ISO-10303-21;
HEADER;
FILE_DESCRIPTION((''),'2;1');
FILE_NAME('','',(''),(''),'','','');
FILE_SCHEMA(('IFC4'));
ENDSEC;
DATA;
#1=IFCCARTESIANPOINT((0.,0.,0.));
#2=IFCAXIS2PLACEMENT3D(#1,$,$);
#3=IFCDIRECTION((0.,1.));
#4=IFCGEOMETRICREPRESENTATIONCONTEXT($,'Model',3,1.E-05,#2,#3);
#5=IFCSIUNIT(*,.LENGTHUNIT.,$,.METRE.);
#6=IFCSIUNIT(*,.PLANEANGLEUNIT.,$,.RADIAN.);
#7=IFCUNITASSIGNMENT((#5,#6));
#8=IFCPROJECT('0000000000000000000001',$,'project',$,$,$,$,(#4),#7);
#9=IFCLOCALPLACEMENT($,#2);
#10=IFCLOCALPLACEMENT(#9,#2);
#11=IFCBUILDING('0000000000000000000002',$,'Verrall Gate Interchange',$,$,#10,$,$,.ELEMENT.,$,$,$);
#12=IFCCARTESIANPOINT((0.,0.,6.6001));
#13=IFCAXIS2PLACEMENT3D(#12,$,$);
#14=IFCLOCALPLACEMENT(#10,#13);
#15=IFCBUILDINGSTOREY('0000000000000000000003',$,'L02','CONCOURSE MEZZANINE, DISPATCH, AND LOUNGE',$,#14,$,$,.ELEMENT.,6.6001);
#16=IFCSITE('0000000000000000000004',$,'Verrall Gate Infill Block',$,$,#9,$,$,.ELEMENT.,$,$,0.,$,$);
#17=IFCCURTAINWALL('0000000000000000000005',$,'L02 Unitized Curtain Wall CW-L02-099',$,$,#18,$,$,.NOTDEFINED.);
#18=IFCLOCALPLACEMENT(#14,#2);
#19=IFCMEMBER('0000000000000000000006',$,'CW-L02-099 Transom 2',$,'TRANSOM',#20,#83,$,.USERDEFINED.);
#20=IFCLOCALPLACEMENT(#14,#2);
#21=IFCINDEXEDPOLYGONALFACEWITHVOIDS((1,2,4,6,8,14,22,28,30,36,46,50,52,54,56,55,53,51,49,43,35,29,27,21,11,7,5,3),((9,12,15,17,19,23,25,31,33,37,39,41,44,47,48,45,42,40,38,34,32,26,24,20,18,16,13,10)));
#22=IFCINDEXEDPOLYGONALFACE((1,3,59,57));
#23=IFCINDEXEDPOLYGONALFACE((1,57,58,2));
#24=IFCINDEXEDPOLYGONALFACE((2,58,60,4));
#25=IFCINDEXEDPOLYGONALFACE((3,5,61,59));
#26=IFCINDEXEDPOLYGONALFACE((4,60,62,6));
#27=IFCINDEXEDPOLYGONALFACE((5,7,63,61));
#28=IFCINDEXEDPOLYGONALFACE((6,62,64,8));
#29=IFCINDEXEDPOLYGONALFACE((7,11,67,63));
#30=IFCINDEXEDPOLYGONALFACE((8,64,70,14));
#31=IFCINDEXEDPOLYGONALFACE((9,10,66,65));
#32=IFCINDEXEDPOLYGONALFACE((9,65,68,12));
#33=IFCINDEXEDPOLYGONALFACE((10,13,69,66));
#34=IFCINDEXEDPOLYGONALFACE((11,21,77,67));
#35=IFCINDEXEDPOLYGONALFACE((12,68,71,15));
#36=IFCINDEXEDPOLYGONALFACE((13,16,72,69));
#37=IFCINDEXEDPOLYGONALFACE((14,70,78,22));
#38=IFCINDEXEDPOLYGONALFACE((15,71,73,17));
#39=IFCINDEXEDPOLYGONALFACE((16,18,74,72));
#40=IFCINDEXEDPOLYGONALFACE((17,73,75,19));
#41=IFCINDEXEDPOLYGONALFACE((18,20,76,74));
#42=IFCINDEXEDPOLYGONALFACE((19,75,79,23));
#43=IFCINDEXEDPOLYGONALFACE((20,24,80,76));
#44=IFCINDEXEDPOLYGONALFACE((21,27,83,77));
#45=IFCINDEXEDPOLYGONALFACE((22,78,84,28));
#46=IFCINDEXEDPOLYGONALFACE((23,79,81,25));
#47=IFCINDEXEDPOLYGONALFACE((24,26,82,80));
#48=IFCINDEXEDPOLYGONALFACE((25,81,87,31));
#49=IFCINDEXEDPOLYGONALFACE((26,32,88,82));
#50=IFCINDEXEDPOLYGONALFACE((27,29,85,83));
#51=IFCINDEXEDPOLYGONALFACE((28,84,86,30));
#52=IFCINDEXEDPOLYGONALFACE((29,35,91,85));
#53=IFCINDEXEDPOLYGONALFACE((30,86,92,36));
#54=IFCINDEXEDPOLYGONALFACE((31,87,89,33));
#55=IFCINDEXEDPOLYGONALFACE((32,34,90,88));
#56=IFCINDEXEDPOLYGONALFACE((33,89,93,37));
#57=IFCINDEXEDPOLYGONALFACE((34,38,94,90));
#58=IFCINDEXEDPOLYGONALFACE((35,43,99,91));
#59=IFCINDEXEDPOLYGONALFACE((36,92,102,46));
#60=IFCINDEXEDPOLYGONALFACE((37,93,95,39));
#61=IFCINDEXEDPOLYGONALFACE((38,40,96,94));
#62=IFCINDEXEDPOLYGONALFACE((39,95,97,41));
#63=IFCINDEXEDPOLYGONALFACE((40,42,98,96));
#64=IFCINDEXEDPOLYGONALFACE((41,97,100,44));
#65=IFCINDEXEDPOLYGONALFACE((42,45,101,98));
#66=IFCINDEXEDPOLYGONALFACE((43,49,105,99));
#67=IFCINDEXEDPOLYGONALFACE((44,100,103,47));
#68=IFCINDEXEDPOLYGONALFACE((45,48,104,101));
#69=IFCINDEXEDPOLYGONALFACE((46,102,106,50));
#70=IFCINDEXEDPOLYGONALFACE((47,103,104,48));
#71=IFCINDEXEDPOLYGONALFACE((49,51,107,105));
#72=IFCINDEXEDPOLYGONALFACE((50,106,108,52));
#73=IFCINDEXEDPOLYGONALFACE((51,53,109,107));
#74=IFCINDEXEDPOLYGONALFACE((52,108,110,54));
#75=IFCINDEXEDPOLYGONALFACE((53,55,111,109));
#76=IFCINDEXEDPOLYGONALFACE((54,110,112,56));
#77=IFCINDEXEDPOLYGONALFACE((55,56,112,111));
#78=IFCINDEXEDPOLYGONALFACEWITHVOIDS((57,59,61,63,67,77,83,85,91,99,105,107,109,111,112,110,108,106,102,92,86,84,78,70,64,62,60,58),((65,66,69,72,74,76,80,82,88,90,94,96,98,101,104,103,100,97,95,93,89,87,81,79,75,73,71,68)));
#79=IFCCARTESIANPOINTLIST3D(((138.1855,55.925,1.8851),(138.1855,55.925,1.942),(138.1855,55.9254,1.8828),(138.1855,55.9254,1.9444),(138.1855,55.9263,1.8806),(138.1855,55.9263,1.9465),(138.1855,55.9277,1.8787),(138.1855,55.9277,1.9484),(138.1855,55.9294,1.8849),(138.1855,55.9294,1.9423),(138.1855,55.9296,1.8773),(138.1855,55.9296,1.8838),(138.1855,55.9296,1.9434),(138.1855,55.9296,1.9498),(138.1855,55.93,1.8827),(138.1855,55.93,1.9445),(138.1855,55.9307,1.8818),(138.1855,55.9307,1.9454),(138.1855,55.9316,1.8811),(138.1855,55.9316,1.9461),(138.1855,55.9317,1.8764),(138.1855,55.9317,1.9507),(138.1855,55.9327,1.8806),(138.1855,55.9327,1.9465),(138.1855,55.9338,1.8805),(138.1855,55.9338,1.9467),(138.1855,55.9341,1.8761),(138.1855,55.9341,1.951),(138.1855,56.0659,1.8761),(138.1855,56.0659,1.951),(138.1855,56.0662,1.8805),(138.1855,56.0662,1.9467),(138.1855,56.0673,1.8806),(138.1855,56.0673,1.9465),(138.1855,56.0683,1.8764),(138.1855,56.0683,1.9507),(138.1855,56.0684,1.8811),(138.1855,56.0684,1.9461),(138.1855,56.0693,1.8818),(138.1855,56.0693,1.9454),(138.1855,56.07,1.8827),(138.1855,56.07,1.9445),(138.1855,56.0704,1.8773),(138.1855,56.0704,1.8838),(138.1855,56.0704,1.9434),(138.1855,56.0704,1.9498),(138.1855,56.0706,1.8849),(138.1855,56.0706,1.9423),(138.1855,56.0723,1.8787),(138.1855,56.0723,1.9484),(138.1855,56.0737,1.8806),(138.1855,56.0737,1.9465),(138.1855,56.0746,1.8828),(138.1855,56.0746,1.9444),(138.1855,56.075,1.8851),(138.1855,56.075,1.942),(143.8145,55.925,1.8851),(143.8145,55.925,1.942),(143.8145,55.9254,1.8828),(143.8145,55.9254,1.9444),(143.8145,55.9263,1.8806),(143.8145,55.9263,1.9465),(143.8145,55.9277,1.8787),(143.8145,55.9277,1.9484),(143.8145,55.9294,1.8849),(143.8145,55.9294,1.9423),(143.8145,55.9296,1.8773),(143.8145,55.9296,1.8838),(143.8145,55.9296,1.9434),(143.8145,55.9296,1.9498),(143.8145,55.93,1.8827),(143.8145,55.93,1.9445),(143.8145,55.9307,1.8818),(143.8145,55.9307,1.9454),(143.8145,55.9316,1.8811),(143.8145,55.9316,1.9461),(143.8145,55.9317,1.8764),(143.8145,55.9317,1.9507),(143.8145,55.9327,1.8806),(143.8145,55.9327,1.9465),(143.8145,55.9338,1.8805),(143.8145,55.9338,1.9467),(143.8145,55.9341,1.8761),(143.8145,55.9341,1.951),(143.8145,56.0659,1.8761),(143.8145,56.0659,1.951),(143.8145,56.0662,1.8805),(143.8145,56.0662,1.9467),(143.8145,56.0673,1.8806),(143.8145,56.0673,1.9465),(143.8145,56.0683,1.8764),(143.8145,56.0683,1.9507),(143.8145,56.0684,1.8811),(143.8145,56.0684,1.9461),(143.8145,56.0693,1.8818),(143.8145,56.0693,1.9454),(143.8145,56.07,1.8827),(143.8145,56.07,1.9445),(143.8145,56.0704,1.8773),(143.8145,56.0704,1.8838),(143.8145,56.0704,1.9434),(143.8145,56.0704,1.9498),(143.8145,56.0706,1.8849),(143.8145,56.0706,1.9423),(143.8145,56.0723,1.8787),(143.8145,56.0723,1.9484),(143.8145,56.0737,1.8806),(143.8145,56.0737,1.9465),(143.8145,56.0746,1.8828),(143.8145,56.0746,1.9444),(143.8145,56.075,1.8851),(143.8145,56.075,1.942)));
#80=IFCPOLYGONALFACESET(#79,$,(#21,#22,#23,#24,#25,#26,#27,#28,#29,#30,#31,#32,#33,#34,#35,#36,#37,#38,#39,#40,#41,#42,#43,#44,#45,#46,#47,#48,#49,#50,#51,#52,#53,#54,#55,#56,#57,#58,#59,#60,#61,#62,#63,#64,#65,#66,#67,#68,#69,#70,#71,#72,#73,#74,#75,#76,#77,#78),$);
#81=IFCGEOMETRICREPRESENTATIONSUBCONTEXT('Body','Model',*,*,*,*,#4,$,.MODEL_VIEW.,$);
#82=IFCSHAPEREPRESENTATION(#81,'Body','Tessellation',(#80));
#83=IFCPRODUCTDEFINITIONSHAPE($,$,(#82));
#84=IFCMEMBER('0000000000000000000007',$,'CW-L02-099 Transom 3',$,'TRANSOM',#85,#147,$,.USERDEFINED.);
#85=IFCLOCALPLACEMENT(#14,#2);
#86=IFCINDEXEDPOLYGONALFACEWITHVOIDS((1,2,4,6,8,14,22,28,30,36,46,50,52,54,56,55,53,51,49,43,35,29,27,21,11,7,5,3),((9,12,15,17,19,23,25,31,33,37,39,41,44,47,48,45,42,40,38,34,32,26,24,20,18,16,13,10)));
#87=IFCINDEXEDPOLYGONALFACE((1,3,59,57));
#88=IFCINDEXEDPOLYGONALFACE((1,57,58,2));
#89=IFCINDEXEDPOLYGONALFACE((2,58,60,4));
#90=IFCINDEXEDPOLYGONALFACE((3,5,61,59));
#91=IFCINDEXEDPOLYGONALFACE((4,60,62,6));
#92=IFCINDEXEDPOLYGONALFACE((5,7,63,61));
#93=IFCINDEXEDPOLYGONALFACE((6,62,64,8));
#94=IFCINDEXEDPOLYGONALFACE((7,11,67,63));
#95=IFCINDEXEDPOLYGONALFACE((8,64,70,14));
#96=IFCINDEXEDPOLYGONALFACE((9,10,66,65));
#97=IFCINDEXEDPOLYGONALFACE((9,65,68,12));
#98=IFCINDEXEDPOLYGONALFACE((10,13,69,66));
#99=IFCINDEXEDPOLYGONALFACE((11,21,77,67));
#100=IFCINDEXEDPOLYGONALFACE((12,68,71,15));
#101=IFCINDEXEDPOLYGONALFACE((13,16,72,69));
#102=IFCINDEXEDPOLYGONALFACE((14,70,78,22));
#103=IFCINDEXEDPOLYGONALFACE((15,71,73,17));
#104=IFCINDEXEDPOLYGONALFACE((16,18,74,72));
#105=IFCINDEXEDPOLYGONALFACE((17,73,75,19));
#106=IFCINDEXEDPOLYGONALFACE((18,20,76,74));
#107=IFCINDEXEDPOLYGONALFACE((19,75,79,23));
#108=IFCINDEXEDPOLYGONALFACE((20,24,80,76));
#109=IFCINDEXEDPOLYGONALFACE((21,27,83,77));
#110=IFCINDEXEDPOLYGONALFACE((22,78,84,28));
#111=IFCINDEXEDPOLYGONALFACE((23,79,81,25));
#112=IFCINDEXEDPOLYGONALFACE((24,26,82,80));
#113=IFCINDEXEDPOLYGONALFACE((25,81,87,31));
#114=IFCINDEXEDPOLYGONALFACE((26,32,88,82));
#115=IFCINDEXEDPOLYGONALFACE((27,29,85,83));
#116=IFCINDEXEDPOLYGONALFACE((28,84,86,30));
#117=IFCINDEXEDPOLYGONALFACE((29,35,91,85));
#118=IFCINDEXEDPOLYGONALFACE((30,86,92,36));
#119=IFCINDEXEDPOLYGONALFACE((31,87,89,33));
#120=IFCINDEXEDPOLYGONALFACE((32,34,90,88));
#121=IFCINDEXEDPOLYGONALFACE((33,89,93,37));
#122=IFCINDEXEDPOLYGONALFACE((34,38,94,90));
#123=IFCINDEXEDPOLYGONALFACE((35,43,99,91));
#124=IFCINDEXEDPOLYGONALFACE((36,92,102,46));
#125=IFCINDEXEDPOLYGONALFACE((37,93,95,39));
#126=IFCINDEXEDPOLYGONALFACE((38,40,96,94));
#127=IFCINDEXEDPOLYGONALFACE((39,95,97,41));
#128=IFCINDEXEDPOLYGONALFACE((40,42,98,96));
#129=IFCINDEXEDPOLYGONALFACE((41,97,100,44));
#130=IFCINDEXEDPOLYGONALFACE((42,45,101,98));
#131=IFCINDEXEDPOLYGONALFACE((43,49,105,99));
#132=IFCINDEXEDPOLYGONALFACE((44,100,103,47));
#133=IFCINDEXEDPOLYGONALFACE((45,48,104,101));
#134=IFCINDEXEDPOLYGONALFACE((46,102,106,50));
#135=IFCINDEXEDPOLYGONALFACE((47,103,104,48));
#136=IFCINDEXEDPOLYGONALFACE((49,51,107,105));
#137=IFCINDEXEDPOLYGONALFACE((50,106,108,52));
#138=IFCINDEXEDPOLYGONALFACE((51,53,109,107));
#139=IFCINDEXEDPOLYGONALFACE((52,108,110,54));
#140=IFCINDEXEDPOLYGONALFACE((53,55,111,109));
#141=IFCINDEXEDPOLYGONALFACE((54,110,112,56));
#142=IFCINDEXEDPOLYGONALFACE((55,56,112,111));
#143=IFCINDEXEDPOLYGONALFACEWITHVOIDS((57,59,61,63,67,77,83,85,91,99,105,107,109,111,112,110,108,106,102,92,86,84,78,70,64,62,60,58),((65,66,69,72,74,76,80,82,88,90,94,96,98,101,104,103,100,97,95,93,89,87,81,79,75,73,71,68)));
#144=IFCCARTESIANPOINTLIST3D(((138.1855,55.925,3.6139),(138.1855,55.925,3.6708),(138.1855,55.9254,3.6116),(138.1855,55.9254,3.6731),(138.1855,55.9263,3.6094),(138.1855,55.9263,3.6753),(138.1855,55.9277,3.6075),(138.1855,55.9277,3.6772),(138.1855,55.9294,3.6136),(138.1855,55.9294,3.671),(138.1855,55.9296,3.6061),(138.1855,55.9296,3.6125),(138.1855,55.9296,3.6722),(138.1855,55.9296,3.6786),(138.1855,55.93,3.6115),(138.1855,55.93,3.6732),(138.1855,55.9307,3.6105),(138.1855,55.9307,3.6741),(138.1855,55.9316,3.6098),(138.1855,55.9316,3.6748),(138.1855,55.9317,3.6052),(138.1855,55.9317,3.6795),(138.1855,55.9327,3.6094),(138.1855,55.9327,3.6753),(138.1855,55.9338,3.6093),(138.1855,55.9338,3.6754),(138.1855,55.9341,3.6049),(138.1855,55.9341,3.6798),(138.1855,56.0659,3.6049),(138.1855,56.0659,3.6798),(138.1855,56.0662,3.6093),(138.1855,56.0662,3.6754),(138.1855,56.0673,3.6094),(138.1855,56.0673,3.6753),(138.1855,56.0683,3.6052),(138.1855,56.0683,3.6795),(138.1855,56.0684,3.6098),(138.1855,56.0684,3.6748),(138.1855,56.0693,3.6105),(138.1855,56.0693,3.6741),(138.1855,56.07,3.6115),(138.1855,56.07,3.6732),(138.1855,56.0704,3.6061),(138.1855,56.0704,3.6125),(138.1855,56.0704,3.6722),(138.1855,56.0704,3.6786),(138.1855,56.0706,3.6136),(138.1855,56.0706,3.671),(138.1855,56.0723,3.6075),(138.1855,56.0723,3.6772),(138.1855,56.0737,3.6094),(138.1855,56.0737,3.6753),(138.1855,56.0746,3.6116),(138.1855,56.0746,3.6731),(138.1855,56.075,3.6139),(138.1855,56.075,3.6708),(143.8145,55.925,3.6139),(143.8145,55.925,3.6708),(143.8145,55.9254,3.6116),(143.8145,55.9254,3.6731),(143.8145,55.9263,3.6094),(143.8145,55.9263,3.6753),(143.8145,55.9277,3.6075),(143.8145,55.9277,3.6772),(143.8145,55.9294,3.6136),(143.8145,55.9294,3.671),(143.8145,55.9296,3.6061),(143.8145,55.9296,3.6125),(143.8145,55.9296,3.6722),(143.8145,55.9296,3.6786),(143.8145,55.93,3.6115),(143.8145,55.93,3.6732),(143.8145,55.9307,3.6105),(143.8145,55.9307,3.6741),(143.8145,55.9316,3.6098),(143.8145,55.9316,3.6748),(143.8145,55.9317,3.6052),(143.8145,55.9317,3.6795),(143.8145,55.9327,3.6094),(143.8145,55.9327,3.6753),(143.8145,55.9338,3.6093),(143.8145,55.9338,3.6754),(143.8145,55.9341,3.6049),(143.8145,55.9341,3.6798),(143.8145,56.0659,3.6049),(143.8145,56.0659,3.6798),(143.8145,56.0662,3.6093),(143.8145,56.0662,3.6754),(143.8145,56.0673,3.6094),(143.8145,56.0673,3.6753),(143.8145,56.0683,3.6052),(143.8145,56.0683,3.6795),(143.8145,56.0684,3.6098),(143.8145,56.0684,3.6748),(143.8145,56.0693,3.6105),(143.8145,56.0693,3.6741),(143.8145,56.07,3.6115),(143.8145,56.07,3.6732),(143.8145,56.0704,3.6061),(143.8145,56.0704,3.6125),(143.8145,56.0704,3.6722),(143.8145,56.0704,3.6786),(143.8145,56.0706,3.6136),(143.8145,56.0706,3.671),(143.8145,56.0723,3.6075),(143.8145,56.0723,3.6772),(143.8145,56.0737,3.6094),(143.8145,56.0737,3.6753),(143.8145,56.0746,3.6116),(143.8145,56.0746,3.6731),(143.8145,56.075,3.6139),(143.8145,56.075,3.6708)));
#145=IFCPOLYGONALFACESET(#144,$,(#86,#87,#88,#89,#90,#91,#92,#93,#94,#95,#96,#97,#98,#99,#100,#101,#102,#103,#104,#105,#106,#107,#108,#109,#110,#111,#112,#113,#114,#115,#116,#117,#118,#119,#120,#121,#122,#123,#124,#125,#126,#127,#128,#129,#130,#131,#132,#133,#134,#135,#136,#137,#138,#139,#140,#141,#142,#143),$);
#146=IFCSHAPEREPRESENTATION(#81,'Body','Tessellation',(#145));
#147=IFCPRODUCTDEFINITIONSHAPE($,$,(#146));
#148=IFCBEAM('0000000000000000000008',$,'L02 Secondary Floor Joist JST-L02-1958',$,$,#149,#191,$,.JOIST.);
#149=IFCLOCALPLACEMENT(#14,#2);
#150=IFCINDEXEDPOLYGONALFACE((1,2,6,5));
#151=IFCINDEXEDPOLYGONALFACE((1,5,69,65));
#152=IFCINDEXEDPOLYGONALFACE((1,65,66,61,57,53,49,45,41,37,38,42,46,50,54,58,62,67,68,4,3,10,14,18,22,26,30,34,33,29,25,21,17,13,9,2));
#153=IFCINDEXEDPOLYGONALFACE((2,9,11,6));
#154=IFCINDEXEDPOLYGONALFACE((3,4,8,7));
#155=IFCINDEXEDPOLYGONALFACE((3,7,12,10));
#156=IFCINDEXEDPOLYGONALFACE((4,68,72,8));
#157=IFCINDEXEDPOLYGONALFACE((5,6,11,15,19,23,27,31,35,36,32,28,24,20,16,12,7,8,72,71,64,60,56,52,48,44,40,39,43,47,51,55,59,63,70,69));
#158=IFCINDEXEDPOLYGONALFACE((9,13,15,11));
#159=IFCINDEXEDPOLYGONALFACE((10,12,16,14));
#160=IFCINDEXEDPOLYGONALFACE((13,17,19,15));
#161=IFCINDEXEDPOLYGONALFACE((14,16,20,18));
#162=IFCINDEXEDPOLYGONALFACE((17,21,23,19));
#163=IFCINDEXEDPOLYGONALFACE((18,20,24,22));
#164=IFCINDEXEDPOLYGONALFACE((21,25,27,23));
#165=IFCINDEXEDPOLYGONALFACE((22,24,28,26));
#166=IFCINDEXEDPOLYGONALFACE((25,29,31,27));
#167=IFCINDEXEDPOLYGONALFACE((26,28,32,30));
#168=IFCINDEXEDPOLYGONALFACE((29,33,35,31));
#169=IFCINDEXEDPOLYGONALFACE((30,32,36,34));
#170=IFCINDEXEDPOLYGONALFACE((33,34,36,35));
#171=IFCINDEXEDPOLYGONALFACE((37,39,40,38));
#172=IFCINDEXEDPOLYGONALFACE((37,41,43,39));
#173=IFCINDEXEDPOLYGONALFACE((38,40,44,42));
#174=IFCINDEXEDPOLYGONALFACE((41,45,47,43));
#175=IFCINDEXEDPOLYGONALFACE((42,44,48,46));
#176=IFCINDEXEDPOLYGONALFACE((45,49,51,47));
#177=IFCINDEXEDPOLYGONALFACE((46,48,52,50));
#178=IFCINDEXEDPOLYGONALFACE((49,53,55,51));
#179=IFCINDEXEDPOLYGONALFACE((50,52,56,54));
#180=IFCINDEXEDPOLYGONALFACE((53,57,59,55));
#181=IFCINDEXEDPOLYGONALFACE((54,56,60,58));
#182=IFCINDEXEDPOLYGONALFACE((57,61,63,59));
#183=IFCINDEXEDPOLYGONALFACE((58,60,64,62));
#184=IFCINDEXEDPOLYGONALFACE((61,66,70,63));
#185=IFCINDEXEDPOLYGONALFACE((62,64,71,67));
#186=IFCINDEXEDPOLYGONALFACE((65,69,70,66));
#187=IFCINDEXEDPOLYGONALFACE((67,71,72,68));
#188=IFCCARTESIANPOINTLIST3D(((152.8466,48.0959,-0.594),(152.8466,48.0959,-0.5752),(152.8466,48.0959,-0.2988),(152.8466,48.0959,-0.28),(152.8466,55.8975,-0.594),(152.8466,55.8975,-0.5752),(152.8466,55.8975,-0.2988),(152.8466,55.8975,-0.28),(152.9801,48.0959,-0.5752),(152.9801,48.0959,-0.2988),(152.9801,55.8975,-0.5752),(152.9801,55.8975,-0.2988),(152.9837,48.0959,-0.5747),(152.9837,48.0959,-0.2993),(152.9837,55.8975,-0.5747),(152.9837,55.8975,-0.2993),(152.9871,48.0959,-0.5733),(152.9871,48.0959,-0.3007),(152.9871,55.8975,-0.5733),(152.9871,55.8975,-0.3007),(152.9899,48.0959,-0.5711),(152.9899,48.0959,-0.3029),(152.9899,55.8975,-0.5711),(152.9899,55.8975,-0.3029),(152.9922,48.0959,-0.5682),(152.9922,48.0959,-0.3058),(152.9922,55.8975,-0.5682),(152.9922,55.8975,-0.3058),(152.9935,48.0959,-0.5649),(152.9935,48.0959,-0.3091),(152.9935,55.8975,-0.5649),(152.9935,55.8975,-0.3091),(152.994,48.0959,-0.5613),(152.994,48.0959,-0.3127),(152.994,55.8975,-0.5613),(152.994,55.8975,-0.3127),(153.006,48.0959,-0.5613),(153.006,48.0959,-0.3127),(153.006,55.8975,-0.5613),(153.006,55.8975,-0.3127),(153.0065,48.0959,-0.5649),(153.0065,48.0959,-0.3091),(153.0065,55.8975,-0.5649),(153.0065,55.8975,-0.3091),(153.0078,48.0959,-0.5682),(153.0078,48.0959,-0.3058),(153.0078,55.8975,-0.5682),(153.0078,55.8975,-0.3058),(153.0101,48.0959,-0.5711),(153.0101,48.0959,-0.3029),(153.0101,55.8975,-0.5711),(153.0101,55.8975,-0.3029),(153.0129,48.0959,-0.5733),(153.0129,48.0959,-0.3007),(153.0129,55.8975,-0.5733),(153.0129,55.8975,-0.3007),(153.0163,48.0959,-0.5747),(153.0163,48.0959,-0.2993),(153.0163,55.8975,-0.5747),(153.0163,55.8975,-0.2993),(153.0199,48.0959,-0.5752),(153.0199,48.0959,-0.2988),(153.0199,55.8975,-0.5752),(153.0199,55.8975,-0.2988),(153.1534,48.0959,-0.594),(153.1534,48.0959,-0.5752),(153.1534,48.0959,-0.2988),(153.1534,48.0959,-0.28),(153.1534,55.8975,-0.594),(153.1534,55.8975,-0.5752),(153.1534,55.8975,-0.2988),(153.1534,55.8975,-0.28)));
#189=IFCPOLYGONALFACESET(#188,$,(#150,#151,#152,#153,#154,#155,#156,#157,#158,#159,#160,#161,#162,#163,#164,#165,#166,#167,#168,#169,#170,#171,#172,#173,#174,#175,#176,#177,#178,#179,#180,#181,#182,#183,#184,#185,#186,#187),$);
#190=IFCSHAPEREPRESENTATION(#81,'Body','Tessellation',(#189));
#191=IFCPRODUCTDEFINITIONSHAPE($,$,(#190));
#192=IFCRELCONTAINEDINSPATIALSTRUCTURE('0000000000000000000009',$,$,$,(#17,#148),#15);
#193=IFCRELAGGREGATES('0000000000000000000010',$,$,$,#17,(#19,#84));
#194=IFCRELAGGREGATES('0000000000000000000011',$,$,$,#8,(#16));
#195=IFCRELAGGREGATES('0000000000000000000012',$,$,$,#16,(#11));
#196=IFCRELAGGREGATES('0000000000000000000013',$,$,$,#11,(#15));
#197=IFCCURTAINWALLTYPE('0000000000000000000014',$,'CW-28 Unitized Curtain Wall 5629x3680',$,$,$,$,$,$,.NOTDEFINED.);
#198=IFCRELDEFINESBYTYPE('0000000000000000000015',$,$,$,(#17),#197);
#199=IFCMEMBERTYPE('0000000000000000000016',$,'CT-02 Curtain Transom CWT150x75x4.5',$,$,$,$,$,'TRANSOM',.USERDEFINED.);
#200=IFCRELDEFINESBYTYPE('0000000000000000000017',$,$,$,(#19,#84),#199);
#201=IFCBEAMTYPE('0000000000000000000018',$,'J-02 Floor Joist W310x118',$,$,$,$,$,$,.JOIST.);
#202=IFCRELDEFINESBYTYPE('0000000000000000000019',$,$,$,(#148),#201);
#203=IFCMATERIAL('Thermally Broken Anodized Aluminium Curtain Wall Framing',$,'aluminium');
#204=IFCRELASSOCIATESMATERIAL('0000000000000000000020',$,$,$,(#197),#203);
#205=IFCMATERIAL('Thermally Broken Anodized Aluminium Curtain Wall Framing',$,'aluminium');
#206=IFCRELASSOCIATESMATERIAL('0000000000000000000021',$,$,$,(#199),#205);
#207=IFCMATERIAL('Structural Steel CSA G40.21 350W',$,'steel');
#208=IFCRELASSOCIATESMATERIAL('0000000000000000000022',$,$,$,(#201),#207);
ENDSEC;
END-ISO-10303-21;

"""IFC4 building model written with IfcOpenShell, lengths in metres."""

from ifc_helpers import new_model, si_unit, direction, frame, origin, origin_2d, place, context, subcontext, project, spatial, hollow_rectangle, i_section, extrude, material, material_profile, profile_set, type_object, element, aggregate, save


model = new_model("IFC4")

# Units and contexts
model_context = context("Model", 3, precision=1e-05, world=origin(), true_north=direction((0.0, 1.0)))
body_context = subcontext(model_context, "Body", "Model", "MODEL_VIEW")
ifc_project = project(units=[si_unit("LENGTHUNIT", "METRE"), si_unit("PLANEANGLEUNIT", "RADIAN")], contexts=[model_context])

# Site, building, storey
site_placement = place(None, origin())
site = spatial("IfcSite", under=ifc_project, at=site_placement, Name="Verrall Gate Infill Block", CompositionType="ELEMENT", RefElevation=0.0)
building_placement = place(site_placement, origin())
building = spatial("IfcBuilding", under=site, at=building_placement, Name="Verrall Gate Interchange", CompositionType="ELEMENT")
storey_placement = place(building_placement, frame((0.0, 0.0, 6.6001)))
storey = spatial("IfcBuildingStorey", under=building, at=storey_placement, Name="L02", Description="CONCOURSE MEZZANINE, DISPATCH, AND LOUNGE", CompositionType="ELEMENT", Elevation=6.6001)

# Shared definitions
ifc_material_1 = material(Name="Thermally Broken Anodized Aluminium Curtain Wall Framing", Category="aluminium")
curtain_wall_type = type_object("IfcCurtainWallType", Name="CW-28 Unitized Curtain Wall 5629x3680", PredefinedType="NOTDEFINED", material=ifc_material_1)

# Curtain wall, members
curtain_wall_1_placement = place(storey_placement, origin())
curtain_wall_1 = element("IfcCurtainWall", 1, at=curtain_wall_1_placement, inside=storey, type_object=curtain_wall_type, Name="L02 Unitized Curtain Wall CW-L02-099", PredefinedType="NOTDEFINED")
ifc_material_2 = material(Name="Thermally Broken Anodized Aluminium Curtain Wall Framing", Category="aluminium")
ifc_material_profile_1 = material_profile(ifc_material_2, hollow_rectangle(XDim=0.1499, YDim=0.075, WallThickness=0.0044, InnerFilletRadius=0.0044, OuterFilletRadius=0.009, at=origin_2d()), Name="CWT150x75x4.5")
ifc_profile_set_1 = profile_set([ifc_material_profile_1], Name="Thermally Broken Anodized Aluminium Curtain Wall Framing")
member_type_1 = type_object("IfcMemberType", Name="CT-02 Curtain Transom CWT150x75x4.5", ElementType="TRANSOM", PredefinedType="USERDEFINED", material=ifc_profile_set_1)
member_1_placement = place(storey_placement, frame((143.8145, 56.0, 1.9136), z_axis=(-1.0, 0.0, 0.0), x_axis=(0.0, -1.0, 0.0)))
member_1 = element("IfcMember", 2, at=member_1_placement, type_object=member_type_1, Name="CW-L02-099 Transom 2", ObjectType="TRANSOM", PredefinedType="USERDEFINED", context=body_context, shape_type="SweptSolid", body=[
    extrude(hollow_rectangle(XDim=0.1499, YDim=0.075, WallThickness=0.0044, InnerFilletRadius=0.0044, OuterFilletRadius=0.009, at=origin_2d()), origin(), (0.0, 0.0, 1.0), 5.6289),
])
member_2_placement = place(storey_placement, frame((143.8145, 56.0, 3.6423), z_axis=(-1.0, 0.0, 0.0), x_axis=(0.0, -1.0, 0.0)))
member_2 = element("IfcMember", 3, at=member_2_placement, type_object=member_type_1, Name="CW-L02-099 Transom 3", ObjectType="TRANSOM", PredefinedType="USERDEFINED", context=body_context, shape_type="SweptSolid", body=[
    extrude(hollow_rectangle(XDim=0.1499, YDim=0.075, WallThickness=0.0044, InnerFilletRadius=0.0044, OuterFilletRadius=0.009, at=origin_2d()), origin(), (0.0, 0.0, 1.0), 5.6289),
])

# Beam
ifc_material_3 = material(Name="Structural Steel CSA G40.21 350W", Category="steel")
ifc_material_profile_2 = material_profile(ifc_material_3, i_section(OverallWidth=0.3069, OverallDepth=0.314, WebThickness=0.012, FlangeThickness=0.0188, FilletRadius=0.0139, at=origin_2d()), Name="W310x118")
ifc_profile_set_2 = profile_set([ifc_material_profile_2], Name="Structural Steel CSA G40.21 350W")
beam_type_1 = type_object("IfcBeamType", Name="J-02 Floor Joist W310x118", PredefinedType="JOIST", material=ifc_profile_set_2)
beam_1_placement = place(storey_placement, frame((153.0, 48.0959, -0.437), z_axis=(0.0, 1.0, 0.0), x_axis=(-1.0, 0.0, 0.0)))
element("IfcBeam", 4, at=beam_1_placement, inside=storey, type_object=beam_type_1, Name="L02 Secondary Floor Joist JST-L02-1958", PredefinedType="JOIST", context=body_context, shape_type="SweptSolid", body=[
    extrude(i_section(OverallWidth=0.3069, OverallDepth=0.314, WebThickness=0.012, FlangeThickness=0.0188, FilletRadius=0.0139, at=origin_2d()), origin(), (0.0, 0.0, 1.0), 7.8015),
])

aggregate(curtain_wall_1, [member_1, member_2])

save(model, "model.ifc")
